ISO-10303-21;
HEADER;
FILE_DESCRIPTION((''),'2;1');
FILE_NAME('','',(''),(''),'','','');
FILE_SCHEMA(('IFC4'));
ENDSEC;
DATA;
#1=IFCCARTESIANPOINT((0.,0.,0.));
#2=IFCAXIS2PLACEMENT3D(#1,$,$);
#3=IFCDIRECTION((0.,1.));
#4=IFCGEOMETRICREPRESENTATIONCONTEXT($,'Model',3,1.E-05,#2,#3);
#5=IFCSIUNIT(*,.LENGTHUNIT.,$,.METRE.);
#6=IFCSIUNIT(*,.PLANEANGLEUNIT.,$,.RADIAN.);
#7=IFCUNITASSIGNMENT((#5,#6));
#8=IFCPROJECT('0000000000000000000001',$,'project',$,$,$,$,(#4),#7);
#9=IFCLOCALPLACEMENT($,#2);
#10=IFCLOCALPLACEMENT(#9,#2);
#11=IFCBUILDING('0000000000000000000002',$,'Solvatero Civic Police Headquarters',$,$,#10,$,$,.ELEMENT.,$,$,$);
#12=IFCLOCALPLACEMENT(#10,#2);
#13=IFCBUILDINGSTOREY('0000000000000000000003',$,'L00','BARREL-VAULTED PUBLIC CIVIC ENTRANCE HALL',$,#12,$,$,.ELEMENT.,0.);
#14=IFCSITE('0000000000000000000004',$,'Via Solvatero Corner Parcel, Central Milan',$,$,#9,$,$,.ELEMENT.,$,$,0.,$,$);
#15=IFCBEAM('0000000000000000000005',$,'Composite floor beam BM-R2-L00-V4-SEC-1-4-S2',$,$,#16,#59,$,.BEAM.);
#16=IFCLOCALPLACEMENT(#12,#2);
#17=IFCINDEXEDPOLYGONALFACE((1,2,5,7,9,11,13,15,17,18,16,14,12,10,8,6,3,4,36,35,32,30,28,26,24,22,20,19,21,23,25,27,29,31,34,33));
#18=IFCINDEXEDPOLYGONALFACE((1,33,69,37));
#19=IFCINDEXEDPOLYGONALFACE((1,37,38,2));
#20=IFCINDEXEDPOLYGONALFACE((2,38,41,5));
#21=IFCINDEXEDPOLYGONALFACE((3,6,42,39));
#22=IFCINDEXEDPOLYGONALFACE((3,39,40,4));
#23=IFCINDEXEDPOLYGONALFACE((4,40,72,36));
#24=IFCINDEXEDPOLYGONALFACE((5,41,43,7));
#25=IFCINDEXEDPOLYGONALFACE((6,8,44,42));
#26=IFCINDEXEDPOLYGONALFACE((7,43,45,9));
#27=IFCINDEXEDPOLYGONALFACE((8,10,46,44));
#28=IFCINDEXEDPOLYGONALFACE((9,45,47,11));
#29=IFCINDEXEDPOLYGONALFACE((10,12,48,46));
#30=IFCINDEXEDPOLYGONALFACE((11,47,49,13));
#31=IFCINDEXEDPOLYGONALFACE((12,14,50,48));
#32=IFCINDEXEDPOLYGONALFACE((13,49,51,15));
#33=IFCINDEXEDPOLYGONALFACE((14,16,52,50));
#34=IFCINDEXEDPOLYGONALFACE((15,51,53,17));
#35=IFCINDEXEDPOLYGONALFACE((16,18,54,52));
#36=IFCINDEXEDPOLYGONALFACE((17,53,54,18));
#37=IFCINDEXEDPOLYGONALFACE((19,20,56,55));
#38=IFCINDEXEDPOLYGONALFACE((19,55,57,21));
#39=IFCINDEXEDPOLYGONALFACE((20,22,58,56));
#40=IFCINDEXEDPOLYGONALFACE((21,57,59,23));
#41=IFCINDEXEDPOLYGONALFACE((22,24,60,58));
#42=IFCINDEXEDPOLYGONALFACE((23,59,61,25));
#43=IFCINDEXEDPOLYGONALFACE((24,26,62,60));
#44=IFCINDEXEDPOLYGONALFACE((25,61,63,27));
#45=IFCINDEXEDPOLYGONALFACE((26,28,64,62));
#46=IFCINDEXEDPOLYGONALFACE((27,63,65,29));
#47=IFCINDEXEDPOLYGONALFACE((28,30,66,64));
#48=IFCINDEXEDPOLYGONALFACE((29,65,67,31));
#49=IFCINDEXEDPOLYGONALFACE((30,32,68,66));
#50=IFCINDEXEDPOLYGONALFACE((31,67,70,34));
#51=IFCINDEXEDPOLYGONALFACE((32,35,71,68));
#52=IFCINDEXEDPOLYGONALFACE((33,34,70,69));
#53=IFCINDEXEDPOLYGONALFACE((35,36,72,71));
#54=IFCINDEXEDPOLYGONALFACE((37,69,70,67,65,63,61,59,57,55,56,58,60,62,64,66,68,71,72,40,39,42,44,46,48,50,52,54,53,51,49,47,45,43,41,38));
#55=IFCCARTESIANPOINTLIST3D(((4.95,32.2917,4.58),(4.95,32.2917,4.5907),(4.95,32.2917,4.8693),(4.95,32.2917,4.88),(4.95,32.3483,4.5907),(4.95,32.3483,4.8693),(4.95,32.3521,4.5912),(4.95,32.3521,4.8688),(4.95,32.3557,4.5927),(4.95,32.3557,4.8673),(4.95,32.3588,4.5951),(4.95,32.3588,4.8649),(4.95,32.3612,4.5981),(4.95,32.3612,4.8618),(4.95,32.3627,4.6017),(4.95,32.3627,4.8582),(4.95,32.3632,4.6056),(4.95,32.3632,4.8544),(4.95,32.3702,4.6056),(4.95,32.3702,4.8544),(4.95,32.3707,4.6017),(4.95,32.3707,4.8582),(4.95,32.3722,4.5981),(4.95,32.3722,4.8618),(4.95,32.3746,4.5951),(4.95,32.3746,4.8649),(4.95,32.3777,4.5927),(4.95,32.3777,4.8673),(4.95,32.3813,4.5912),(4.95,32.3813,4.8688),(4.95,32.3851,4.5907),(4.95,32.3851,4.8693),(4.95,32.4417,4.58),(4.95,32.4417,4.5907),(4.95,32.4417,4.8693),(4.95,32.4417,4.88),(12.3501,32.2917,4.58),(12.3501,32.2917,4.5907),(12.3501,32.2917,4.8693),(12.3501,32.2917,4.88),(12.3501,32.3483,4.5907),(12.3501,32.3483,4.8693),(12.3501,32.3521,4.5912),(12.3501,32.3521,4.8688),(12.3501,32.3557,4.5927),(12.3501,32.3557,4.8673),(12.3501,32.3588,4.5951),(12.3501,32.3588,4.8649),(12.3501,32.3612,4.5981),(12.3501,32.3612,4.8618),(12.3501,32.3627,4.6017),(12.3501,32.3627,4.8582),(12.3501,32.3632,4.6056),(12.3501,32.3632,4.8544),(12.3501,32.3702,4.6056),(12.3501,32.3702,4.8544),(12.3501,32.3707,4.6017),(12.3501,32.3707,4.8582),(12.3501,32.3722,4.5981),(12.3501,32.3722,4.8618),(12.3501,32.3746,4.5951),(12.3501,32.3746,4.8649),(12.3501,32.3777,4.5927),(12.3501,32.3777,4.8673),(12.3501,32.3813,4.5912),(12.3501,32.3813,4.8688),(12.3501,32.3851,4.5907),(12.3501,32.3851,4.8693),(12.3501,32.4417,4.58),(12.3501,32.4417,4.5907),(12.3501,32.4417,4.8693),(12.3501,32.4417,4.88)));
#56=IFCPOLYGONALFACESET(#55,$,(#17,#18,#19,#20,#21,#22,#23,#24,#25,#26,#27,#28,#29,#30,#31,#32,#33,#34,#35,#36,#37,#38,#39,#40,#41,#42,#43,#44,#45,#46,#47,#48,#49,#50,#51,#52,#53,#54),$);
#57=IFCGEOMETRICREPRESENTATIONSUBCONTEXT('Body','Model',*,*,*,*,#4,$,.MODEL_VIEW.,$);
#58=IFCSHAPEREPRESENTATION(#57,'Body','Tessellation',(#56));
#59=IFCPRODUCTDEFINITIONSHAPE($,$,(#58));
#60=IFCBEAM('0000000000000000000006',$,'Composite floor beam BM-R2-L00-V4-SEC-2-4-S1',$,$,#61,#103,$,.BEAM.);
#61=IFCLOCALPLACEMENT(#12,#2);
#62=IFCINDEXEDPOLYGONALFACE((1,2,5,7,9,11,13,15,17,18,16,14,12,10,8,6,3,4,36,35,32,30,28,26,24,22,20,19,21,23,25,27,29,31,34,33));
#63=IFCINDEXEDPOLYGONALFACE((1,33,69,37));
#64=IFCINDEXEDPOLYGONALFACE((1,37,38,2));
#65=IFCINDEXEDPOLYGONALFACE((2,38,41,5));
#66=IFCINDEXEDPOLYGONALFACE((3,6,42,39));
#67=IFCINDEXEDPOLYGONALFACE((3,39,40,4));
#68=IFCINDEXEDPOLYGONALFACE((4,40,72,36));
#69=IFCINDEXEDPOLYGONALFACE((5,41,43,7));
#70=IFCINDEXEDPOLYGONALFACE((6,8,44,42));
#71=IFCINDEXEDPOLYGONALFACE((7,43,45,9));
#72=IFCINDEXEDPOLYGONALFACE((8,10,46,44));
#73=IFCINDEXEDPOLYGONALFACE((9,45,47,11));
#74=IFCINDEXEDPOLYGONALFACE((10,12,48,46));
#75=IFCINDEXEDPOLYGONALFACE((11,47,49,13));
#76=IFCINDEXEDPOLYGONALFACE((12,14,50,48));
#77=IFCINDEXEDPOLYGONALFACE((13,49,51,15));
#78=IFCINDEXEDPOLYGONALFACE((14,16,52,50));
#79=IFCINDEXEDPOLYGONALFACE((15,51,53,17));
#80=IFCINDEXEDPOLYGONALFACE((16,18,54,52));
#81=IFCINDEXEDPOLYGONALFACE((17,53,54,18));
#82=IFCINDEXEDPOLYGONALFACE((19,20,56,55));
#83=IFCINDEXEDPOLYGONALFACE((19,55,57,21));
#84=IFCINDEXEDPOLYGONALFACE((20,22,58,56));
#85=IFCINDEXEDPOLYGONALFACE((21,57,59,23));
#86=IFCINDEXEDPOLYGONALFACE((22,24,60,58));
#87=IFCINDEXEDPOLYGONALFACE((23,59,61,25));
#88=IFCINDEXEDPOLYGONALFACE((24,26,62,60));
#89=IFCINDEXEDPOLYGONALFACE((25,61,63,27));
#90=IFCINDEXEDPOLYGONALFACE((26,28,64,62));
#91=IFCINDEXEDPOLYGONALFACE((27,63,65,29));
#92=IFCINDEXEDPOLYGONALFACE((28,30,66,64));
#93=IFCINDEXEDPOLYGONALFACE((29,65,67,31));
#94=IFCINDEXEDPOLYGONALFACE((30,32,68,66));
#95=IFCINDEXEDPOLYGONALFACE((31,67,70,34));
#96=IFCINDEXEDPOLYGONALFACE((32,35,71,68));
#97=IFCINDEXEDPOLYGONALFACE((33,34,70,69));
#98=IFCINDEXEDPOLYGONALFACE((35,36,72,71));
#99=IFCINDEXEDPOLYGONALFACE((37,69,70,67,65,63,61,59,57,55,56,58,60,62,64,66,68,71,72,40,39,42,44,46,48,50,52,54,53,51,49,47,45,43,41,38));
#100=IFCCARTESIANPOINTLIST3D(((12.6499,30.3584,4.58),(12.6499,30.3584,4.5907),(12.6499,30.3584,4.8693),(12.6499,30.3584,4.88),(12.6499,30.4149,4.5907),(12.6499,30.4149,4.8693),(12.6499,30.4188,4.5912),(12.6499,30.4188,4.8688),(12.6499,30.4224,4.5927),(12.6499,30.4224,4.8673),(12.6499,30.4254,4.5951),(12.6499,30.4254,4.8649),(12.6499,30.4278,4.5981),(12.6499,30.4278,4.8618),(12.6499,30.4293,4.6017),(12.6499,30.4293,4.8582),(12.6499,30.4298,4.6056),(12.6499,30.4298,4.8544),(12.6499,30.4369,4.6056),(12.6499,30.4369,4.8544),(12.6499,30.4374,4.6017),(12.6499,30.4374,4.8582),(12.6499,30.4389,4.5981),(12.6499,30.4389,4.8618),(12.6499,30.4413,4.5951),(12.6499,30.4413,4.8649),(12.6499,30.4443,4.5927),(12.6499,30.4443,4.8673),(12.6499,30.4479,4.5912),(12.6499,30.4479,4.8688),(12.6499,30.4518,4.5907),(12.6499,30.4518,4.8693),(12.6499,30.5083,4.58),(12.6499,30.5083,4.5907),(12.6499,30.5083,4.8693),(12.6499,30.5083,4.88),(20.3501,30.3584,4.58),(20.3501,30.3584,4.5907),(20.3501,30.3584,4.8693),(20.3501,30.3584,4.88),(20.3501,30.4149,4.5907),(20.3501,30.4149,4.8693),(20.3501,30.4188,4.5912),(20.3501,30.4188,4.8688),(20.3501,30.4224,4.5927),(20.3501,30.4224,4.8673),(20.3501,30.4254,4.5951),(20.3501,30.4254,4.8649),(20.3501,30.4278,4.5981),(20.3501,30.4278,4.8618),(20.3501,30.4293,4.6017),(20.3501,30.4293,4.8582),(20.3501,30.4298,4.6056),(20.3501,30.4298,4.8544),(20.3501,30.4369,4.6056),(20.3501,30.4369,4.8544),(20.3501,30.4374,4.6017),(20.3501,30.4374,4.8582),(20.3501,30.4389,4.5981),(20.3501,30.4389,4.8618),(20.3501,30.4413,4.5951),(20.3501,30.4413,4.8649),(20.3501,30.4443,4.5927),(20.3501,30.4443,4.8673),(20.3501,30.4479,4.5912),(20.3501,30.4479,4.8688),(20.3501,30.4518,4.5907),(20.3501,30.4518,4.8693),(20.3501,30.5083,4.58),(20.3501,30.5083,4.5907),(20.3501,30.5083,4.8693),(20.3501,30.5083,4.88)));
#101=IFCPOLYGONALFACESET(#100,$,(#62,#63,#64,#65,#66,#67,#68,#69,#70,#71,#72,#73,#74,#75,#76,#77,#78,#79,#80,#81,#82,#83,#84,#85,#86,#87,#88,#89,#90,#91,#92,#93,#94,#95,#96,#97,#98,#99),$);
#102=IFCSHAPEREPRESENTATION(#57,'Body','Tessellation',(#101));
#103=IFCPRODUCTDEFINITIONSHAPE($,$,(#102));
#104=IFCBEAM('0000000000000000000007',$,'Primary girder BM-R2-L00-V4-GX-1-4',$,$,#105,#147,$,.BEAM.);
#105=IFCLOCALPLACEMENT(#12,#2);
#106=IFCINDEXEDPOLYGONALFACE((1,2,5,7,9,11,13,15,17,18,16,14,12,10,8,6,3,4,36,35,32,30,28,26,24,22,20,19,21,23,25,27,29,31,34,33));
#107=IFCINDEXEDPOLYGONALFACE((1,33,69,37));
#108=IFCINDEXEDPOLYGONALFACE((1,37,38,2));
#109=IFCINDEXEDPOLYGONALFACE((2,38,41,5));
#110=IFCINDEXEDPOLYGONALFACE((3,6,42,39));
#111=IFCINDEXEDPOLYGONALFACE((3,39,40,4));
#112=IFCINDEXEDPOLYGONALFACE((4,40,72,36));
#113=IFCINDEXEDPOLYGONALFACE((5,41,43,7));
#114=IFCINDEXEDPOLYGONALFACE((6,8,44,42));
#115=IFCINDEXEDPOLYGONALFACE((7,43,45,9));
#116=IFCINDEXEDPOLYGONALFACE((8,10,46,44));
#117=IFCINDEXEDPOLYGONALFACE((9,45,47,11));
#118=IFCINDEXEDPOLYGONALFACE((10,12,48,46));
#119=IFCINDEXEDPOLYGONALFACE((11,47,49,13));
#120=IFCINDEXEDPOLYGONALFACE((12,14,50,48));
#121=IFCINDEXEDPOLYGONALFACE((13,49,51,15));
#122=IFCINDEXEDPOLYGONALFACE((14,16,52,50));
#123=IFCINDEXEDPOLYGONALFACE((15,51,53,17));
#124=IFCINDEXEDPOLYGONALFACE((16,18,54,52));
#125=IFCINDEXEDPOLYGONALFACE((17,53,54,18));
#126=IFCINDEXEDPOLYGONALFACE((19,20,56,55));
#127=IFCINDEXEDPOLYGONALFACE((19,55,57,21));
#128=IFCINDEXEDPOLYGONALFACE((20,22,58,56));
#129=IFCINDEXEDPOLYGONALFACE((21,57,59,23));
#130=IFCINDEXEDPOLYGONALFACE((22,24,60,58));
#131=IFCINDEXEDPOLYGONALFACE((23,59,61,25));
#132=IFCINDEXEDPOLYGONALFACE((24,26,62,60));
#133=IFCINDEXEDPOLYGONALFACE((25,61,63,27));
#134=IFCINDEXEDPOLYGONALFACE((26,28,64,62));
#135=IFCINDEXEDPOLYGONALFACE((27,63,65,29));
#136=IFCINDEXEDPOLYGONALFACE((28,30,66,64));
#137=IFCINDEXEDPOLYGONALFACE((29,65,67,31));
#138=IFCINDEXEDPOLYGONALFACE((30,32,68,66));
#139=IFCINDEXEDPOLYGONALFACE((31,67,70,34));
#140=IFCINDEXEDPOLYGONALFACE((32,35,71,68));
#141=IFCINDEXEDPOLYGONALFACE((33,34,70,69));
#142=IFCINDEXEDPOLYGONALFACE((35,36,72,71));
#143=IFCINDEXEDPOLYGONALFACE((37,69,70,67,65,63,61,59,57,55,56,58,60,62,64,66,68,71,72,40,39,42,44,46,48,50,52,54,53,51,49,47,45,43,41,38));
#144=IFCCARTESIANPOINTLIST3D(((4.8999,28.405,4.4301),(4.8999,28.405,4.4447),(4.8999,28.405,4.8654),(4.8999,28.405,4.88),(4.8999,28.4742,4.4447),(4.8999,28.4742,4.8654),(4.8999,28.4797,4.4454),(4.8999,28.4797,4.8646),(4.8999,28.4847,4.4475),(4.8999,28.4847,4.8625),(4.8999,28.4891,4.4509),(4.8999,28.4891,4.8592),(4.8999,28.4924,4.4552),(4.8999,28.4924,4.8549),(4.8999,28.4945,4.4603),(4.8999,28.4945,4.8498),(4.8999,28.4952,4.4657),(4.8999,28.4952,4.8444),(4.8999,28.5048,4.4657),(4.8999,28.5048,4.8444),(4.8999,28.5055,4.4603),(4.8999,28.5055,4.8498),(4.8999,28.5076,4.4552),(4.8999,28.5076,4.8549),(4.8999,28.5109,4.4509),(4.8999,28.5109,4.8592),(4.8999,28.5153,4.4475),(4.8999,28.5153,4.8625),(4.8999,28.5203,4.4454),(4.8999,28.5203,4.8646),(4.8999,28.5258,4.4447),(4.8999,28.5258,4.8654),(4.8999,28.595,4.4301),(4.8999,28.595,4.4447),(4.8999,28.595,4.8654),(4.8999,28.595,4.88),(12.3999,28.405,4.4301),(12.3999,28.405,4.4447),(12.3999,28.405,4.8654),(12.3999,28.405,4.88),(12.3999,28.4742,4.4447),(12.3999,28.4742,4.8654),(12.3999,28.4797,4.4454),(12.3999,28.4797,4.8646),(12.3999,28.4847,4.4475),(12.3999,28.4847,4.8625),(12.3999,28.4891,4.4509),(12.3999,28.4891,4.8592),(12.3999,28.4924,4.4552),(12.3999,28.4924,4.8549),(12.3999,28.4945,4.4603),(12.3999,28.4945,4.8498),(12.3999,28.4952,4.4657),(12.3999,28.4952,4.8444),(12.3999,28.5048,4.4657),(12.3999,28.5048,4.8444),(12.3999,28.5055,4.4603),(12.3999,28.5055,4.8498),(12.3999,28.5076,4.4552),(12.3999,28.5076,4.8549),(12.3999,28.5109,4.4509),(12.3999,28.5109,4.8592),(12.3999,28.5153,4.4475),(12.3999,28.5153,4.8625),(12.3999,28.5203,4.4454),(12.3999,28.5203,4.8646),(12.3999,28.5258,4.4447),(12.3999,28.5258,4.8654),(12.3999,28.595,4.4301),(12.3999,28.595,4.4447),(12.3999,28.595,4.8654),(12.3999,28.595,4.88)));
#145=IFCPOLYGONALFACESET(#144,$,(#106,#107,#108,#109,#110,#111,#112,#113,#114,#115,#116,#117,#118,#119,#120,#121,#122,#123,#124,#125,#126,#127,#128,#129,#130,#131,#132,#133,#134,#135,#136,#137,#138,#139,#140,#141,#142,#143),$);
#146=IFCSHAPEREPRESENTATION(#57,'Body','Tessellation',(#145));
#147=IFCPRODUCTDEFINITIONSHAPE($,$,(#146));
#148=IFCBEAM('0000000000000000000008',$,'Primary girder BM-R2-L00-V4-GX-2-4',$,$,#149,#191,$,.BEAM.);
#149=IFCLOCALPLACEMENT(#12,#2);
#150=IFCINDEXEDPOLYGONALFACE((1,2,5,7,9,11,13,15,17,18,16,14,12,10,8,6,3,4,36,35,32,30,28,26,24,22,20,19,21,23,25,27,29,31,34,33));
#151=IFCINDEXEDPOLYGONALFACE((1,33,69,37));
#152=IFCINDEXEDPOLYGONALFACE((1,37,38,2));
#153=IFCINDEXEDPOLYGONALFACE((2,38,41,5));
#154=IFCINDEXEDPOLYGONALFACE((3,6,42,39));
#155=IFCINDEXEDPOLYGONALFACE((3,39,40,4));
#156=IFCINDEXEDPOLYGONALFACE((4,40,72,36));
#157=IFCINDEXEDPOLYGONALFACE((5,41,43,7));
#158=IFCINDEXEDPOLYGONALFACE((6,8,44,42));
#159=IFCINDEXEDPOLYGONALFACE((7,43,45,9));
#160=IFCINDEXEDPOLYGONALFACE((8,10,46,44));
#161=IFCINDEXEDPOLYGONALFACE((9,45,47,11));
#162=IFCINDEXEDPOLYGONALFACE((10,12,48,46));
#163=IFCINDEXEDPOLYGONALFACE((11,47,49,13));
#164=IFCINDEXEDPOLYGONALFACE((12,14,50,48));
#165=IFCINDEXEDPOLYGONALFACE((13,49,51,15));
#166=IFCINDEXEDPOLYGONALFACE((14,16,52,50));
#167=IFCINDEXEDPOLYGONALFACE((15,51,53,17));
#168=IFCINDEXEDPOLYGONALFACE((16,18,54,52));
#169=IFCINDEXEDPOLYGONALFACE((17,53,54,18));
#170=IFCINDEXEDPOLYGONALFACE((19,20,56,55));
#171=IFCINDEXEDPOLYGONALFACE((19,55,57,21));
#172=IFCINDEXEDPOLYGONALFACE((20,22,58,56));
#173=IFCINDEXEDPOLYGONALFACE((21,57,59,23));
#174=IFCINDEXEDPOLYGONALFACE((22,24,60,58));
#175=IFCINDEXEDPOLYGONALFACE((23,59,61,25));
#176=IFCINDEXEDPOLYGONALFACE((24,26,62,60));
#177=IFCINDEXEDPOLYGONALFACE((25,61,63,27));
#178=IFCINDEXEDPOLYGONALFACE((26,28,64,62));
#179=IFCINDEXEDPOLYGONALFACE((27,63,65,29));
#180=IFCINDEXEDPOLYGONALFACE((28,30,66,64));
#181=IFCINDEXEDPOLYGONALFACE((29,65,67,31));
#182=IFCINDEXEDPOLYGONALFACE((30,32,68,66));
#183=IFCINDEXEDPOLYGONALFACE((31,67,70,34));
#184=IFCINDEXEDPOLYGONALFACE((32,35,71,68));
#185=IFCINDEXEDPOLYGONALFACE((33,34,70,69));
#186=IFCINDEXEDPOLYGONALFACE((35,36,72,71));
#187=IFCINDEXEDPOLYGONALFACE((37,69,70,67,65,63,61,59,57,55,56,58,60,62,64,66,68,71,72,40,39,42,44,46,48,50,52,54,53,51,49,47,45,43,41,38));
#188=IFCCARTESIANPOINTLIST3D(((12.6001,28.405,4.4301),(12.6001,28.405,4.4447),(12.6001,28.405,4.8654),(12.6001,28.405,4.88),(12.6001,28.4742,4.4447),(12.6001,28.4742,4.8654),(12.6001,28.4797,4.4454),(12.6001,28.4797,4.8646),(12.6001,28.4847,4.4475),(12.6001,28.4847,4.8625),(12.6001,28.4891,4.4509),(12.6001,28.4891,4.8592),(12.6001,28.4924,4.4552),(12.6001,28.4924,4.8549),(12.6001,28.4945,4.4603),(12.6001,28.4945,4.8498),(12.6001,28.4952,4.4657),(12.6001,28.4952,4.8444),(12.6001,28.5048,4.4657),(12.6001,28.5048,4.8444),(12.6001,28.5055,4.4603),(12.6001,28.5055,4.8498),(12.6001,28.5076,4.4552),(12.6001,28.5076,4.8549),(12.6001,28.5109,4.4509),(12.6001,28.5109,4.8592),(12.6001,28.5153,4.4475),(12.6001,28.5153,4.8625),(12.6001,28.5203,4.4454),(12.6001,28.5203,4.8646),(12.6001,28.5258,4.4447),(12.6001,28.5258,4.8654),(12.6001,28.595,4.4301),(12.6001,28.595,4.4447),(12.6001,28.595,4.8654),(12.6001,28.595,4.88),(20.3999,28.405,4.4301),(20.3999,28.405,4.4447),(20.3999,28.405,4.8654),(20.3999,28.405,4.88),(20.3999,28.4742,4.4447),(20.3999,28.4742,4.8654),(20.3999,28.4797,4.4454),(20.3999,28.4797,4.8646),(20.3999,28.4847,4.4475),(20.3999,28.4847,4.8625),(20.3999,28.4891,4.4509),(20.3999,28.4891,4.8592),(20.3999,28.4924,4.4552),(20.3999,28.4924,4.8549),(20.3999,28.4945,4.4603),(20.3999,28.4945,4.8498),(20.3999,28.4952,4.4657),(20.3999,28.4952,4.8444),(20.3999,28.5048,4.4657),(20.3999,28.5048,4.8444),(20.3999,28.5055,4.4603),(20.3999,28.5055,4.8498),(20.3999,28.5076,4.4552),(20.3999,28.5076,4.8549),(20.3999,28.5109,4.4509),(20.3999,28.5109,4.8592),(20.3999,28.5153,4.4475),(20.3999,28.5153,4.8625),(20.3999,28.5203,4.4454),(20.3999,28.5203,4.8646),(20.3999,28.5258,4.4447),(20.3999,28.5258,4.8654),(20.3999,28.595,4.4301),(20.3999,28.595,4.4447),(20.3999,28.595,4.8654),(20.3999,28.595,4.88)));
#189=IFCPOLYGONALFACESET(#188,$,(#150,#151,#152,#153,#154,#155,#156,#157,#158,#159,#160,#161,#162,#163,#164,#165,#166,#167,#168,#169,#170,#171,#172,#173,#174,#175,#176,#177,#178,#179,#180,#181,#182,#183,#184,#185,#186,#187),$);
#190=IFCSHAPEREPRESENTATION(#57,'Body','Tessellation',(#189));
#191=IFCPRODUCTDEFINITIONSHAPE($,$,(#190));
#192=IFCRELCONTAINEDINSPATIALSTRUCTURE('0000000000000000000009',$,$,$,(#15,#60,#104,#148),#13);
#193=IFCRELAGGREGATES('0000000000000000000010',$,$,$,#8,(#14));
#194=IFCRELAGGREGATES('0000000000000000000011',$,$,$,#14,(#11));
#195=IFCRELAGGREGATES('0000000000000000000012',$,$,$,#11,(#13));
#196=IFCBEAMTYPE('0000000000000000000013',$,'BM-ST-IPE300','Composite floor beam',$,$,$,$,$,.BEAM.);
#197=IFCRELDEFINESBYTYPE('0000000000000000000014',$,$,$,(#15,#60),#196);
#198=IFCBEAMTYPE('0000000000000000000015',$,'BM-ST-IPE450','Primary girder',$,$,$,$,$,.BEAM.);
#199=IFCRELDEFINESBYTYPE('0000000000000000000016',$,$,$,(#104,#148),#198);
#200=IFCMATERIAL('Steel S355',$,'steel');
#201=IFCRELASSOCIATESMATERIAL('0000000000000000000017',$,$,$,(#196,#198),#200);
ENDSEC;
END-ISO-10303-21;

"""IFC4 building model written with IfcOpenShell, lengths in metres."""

from ifc_helpers import new_model, si_unit, direction, frame, origin, origin_2d, place, context, subcontext, project, spatial, i_section, extrude, material, material_profile, profile_set, type_object, element, save


model = new_model("IFC4")

# Units and contexts
model_context = context("Model", 3, precision=1e-05, world=origin(), true_north=direction((0.0, 1.0)))
body_context = subcontext(model_context, "Body", "Model", "MODEL_VIEW")
ifc_project = project(units=[si_unit("LENGTHUNIT", "METRE"), si_unit("PLANEANGLEUNIT", "RADIAN")], contexts=[model_context])

# Site, building, storey
site_placement = place(None, origin())
site = spatial("IfcSite", under=ifc_project, at=site_placement, Name="Via Solvatero Corner Parcel, Central Milan", CompositionType="ELEMENT", RefElevation=0.0)
building_placement = place(site_placement, origin())
building = spatial("IfcBuilding", under=site, at=building_placement, Name="Solvatero Civic Police Headquarters", CompositionType="ELEMENT")
storey_placement = place(building_placement, origin())
storey = spatial("IfcBuildingStorey", under=building, at=storey_placement, Name="L00", Description="BARREL-VAULTED PUBLIC CIVIC ENTRANCE HALL", CompositionType="ELEMENT", Elevation=0.0)

# Beams
ifc_material_1 = material(Name="Steel S355", Category="steel")
ifc_material_profile_1 = material_profile(ifc_material_1, i_section(OverallWidth=0.1499, OverallDepth=0.3, WebThickness=0.0071, FlangeThickness=0.0107, FilletRadius=0.0149, at=origin_2d()), Name="IPE 300")
ifc_profile_set_1 = profile_set([ifc_material_profile_1], Name="Steel S355")
beam_type_1 = type_object("IfcBeamType", Name="BM-ST-IPE300", Description="Composite floor beam", PredefinedType="BEAM", material=ifc_profile_set_1)
for number, where, z_axis, x_axis, name in (
    (1, (4.95, 32.3667, 4.73), (1.0, 0.0, 0.0), (0.0, 1.0, 0.0), "Composite floor beam BM-R2-L00-V4-SEC-1-4-S2"),
):
    element("IfcBeam", number, at=place(storey_placement, frame(where, z_axis=z_axis, x_axis=x_axis)), inside=storey, type_object=beam_type_1, Name=name, PredefinedType="BEAM", context=body_context, shape_type="SweptSolid", body=[
        extrude(i_section(OverallWidth=0.1499, OverallDepth=0.3, WebThickness=0.0071, FlangeThickness=0.0107, FilletRadius=0.0149, at=origin_2d()), origin(), (0.0, 0.0, 1.0), 7.4001),
    ])
beam_1_placement = place(storey_placement, frame((12.6499, 30.4333, 4.73), z_axis=(1.0, 0.0, 0.0), x_axis=(0.0, 1.0, 0.0)))
element("IfcBeam", 2, at=beam_1_placement, inside=storey, type_object=beam_type_1, Name="Composite floor beam BM-R2-L00-V4-SEC-2-4-S1", PredefinedType="BEAM", context=body_context, shape_type="SweptSolid", body=[
    extrude(i_section(OverallWidth=0.1499, OverallDepth=0.3, WebThickness=0.0071, FlangeThickness=0.0107, FilletRadius=0.0149, at=origin_2d()), origin(), (0.0, 0.0, 1.0), 7.7002),
])
ifc_material_profile_2 = material_profile(ifc_material_1, i_section(OverallWidth=0.1899, OverallDepth=0.45, WebThickness=0.0095, FlangeThickness=0.0146, FilletRadius=0.021, at=origin_2d()), Name="IPE 450")
ifc_profile_set_2 = profile_set([ifc_material_profile_2], Name="Steel S355")
beam_type_2 = type_object("IfcBeamType", Name="BM-ST-IPE450", Description="Primary girder", PredefinedType="BEAM", material=ifc_profile_set_2)
beam_2_placement = place(storey_placement, frame((4.8999, 28.5, 4.655), z_axis=(1.0, 0.0, 0.0), x_axis=(0.0, 1.0, 0.0)))
element("IfcBeam", 3, at=beam_2_placement, inside=storey, type_object=beam_type_2, Name="Primary girder BM-R2-L00-V4-GX-1-4", PredefinedType="BEAM", context=body_context, shape_type="SweptSolid", body=[
    extrude(i_section(OverallWidth=0.1899, OverallDepth=0.45, WebThickness=0.0095, FlangeThickness=0.0146, FilletRadius=0.021, at=origin_2d()), origin(), (0.0, 0.0, 1.0), 7.5),
])
beam_3_placement = place(storey_placement, frame((12.6001, 28.5, 4.655), z_axis=(1.0, 0.0, 0.0), x_axis=(0.0, 1.0, 0.0)))
element("IfcBeam", 4, at=beam_3_placement, inside=storey, type_object=beam_type_2, Name="Primary girder BM-R2-L00-V4-GX-2-4", PredefinedType="BEAM", context=body_context, shape_type="SweptSolid", body=[
    extrude(i_section(OverallWidth=0.1899, OverallDepth=0.45, WebThickness=0.0095, FlangeThickness=0.0146, FilletRadius=0.021, at=origin_2d()), origin(), (0.0, 0.0, 1.0), 7.7998),
])

save(model, "model.ifc")
